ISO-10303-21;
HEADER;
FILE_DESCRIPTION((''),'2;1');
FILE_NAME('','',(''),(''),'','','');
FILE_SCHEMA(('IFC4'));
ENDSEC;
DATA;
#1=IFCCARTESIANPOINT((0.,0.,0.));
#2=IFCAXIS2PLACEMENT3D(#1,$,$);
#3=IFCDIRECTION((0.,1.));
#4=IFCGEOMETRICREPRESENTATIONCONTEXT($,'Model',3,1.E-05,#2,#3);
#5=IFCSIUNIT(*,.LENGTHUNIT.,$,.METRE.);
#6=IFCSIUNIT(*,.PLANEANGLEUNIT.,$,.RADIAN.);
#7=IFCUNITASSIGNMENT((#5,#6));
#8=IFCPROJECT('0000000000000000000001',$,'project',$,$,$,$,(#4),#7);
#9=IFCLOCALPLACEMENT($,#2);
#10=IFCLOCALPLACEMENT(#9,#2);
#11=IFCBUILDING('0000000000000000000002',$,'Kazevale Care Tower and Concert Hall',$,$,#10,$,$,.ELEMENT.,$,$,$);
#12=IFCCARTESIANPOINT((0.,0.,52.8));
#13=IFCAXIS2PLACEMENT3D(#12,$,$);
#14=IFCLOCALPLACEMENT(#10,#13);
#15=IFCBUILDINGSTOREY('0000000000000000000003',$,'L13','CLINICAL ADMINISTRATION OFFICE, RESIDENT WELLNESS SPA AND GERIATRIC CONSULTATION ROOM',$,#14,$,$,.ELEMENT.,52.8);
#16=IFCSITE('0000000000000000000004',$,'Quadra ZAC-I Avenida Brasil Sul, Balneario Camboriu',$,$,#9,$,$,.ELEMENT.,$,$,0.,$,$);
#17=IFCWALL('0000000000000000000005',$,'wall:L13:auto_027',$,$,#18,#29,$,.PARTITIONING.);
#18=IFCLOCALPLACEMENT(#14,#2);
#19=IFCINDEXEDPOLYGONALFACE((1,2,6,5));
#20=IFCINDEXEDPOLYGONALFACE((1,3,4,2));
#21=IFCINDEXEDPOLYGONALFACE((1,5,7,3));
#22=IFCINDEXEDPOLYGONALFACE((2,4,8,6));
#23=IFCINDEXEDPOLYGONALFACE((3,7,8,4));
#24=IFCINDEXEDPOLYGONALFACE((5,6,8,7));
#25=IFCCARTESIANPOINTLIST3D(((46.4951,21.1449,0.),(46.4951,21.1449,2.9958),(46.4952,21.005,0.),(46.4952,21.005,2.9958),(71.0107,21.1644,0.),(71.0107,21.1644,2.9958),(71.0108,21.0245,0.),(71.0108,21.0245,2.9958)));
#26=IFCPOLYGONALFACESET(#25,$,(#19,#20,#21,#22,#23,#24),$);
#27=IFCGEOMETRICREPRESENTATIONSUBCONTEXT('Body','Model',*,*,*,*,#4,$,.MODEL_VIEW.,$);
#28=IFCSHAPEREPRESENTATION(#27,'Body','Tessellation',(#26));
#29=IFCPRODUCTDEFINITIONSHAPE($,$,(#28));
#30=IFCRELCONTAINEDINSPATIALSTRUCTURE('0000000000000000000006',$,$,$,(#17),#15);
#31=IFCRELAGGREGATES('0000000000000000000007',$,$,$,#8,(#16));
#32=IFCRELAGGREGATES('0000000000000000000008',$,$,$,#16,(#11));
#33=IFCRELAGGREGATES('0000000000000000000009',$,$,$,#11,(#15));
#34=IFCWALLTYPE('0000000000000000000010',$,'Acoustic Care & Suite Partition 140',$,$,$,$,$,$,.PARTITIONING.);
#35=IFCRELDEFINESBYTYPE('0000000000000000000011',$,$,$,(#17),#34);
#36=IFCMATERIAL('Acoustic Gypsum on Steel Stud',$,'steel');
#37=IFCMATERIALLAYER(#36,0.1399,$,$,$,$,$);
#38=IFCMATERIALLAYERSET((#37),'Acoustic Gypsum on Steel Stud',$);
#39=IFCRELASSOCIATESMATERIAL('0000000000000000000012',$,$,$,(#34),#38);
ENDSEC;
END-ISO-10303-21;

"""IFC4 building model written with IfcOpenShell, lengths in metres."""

from ifc_helpers import new_model, si_unit, direction, frame, frame_2d, origin, place, context, subcontext, project, spatial, rectangle, extrude, material, layer, layer_set, type_object, element, save


model = new_model("IFC4")

# Units and contexts
model_context = context("Model", 3, precision=1e-05, world=origin(), true_north=direction((0.0, 1.0)))
body_context = subcontext(model_context, "Body", "Model", "MODEL_VIEW")
ifc_project = project(units=[si_unit("LENGTHUNIT", "METRE"), si_unit("PLANEANGLEUNIT", "RADIAN")], contexts=[model_context])

# Site, building, storey
site_placement = place(None, origin())
site = spatial("IfcSite", under=ifc_project, at=site_placement, Name="Quadra ZAC-I Avenida Brasil Sul, Balneario Camboriu", CompositionType="ELEMENT", RefElevation=0.0)
building_placement = place(site_placement, origin())
building = spatial("IfcBuilding", under=site, at=building_placement, Name="Kazevale Care Tower and Concert Hall", CompositionType="ELEMENT")
storey_placement = place(building_placement, frame((0.0, 0.0, 52.8)))
storey = spatial("IfcBuildingStorey", under=building, at=storey_placement, Name="L13", Description="CLINICAL ADMINISTRATION OFFICE, RESIDENT WELLNESS SPA AND GERIATRIC CONSULTATION ROOM", CompositionType="ELEMENT", Elevation=52.8)

# Wall
ifc_material_1 = material(Name="Acoustic Gypsum on Steel Stud", Category="steel")
ifc_layer_1 = layer(ifc_material_1, 0.1399)
ifc_layer_set_1 = layer_set([ifc_layer_1], Name="Acoustic Gypsum on Steel Stud")
wall_type = type_object("IfcWallType", Name="Acoustic Care & Suite Partition 140", PredefinedType="PARTITIONING", material=ifc_layer_set_1)
wall_placement = place(storey_placement, frame((71.0107, 21.0945, 0.0), z_axis=(0.0, 0.0, 1.0), x_axis=(-1.0, -0.000797, 0.0)))
element("IfcWall", 1, at=wall_placement, inside=storey, type_object=wall_type, Name="wall:L13:auto_027", PredefinedType="PARTITIONING", context=body_context, shape_type="SweptSolid", body=[
    extrude(rectangle(XDim=24.5156, YDim=0.1399, at=frame_2d((12.2578, 0.0))), origin(), (0.0, 0.0, 1.0), 2.9958),
])

save(model, "model.ifc")
